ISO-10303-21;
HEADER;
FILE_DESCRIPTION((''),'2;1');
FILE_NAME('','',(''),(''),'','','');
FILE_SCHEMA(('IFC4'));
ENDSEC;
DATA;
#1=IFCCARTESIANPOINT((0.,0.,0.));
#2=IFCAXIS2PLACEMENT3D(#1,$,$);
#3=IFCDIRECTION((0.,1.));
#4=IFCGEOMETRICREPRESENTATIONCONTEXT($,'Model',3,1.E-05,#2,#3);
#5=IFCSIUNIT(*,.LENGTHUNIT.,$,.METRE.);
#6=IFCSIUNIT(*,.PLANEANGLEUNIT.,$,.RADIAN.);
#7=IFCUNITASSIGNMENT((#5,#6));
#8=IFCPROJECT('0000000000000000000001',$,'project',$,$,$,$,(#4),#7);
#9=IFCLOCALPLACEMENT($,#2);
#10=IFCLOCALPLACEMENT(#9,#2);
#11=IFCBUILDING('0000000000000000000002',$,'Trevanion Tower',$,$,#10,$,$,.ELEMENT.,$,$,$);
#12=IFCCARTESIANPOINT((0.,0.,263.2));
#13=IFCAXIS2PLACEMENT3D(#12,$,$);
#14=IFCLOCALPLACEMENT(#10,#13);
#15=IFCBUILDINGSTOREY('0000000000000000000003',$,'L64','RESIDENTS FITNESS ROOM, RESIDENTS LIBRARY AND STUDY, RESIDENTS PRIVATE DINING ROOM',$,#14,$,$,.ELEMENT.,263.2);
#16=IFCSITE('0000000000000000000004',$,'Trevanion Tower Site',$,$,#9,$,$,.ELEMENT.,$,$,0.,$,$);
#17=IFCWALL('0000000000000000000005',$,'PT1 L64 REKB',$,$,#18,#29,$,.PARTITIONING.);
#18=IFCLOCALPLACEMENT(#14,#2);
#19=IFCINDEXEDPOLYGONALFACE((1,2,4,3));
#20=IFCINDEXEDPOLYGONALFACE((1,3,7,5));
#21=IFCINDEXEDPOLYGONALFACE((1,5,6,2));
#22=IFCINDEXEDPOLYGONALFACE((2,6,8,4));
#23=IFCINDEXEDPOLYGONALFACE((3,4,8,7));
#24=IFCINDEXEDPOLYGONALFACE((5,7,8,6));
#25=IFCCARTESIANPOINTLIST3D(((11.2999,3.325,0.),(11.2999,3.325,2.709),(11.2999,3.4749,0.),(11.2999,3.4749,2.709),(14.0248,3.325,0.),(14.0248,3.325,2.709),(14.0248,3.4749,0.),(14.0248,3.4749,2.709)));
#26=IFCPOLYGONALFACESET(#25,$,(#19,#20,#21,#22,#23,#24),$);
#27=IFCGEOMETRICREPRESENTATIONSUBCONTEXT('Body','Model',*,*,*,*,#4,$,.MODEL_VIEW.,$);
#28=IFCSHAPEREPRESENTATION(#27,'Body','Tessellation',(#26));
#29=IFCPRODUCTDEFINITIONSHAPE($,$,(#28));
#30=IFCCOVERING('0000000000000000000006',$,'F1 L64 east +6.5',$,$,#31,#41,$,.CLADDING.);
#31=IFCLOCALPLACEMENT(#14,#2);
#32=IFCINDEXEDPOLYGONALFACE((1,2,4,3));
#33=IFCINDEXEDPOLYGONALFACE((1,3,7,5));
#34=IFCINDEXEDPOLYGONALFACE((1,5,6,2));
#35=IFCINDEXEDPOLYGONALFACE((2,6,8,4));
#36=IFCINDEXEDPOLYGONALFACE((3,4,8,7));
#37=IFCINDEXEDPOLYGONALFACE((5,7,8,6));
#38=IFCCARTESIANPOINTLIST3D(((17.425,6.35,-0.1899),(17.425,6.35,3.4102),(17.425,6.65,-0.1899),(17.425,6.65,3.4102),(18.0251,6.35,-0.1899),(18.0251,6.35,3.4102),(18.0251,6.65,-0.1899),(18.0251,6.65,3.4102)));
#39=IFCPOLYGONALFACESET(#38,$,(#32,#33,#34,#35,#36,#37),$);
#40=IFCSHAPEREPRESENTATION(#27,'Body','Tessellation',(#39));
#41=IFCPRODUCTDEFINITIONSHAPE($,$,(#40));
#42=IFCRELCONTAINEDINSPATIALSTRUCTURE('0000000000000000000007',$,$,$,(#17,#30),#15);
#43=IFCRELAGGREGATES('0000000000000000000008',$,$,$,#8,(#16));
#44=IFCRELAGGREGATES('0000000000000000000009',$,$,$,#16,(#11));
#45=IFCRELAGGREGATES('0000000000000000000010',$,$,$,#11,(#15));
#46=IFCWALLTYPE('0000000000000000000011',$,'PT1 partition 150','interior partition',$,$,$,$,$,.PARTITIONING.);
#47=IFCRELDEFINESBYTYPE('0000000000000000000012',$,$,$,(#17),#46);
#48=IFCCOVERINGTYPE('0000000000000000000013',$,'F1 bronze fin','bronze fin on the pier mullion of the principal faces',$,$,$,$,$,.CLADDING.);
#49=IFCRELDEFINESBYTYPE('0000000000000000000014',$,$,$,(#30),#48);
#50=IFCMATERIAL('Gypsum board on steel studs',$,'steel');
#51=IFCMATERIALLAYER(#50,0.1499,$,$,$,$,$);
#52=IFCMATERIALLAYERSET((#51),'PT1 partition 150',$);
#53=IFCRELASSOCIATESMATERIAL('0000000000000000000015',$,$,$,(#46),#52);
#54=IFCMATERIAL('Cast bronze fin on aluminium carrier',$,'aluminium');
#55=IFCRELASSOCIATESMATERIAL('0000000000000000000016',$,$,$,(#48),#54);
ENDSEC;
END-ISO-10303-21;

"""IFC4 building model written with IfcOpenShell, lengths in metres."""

from ifc_helpers import new_model, si_unit, direction, frame, frame_2d, origin, origin_2d, place, context, subcontext, project, spatial, rectangle, extrude, material, layer, layer_set, type_object, element, save


model = new_model("IFC4")

# Units and contexts
model_context = context("Model", 3, precision=1e-05, world=origin(), true_north=direction((0.0, 1.0)))
body_context = subcontext(model_context, "Body", "Model", "MODEL_VIEW")
ifc_project = project(units=[si_unit("LENGTHUNIT", "METRE"), si_unit("PLANEANGLEUNIT", "RADIAN")], contexts=[model_context])

# Site, building, storey
site_placement = place(None, origin())
site = spatial("IfcSite", under=ifc_project, at=site_placement, Name="Trevanion Tower Site", CompositionType="ELEMENT", RefElevation=0.0)
building_placement = place(site_placement, origin())
building = spatial("IfcBuilding", under=site, at=building_placement, Name="Trevanion Tower", CompositionType="ELEMENT")
storey_placement = place(building_placement, frame((0.0, 0.0, 263.2)))
storey = spatial("IfcBuildingStorey", under=building, at=storey_placement, Name="L64", Description="RESIDENTS FITNESS ROOM, RESIDENTS LIBRARY AND STUDY, RESIDENTS PRIVATE DINING ROOM", CompositionType="ELEMENT", Elevation=263.2)

# Shared definitions
ifc_material_1 = material(Name="Gypsum board on steel studs", Category="steel")
ifc_layer_1 = layer(ifc_material_1, 0.1499)
ifc_layer_set_1 = layer_set([ifc_layer_1], Name="PT1 partition 150")
wall_type = type_object("IfcWallType", Name="PT1 partition 150", Description="interior partition", PredefinedType="PARTITIONING", material=ifc_layer_set_1)

# Wall
wall_1_placement = place(storey_placement, frame((11.3, 3.3999, 0.0), z_axis=(0.0, 0.0, 1.0), x_axis=(1.0, 0.0, 0.0)))
element("IfcWall", 1, at=wall_1_placement, inside=storey, type_object=wall_type, Name="PT1 L64 REKB", PredefinedType="PARTITIONING", context=body_context, shape_type="SweptSolid", body=[
    extrude(rectangle(XDim=2.7249, YDim=0.1499, at=frame_2d((1.3623, 0.0))), origin(), (0.0, 0.0, 1.0), 2.709),
])

# Covering
ifc_material_2 = material(Name="Cast bronze fin on aluminium carrier", Category="aluminium")
covering_type = type_object("IfcCoveringType", Name="F1 bronze fin", Description="bronze fin on the pier mullion of the principal faces", PredefinedType="CLADDING", material=ifc_material_2)
covering_placement = place(storey_placement, frame((17.7251, 6.5, -0.1899), z_axis=(0.0, 0.0, 1.0), x_axis=(0.0, 1.0, 0.0)))
element("IfcCovering", 2, at=covering_placement, inside=storey, type_object=covering_type, Name="F1 L64 east +6.5", PredefinedType="CLADDING", context=body_context, shape_type="SweptSolid", body=[
    extrude(rectangle(XDim=0.3, YDim=0.6001, at=origin_2d()), origin(), (0.0, 0.0, 1.0), 3.6001),
])

save(model, "model.ifc")
